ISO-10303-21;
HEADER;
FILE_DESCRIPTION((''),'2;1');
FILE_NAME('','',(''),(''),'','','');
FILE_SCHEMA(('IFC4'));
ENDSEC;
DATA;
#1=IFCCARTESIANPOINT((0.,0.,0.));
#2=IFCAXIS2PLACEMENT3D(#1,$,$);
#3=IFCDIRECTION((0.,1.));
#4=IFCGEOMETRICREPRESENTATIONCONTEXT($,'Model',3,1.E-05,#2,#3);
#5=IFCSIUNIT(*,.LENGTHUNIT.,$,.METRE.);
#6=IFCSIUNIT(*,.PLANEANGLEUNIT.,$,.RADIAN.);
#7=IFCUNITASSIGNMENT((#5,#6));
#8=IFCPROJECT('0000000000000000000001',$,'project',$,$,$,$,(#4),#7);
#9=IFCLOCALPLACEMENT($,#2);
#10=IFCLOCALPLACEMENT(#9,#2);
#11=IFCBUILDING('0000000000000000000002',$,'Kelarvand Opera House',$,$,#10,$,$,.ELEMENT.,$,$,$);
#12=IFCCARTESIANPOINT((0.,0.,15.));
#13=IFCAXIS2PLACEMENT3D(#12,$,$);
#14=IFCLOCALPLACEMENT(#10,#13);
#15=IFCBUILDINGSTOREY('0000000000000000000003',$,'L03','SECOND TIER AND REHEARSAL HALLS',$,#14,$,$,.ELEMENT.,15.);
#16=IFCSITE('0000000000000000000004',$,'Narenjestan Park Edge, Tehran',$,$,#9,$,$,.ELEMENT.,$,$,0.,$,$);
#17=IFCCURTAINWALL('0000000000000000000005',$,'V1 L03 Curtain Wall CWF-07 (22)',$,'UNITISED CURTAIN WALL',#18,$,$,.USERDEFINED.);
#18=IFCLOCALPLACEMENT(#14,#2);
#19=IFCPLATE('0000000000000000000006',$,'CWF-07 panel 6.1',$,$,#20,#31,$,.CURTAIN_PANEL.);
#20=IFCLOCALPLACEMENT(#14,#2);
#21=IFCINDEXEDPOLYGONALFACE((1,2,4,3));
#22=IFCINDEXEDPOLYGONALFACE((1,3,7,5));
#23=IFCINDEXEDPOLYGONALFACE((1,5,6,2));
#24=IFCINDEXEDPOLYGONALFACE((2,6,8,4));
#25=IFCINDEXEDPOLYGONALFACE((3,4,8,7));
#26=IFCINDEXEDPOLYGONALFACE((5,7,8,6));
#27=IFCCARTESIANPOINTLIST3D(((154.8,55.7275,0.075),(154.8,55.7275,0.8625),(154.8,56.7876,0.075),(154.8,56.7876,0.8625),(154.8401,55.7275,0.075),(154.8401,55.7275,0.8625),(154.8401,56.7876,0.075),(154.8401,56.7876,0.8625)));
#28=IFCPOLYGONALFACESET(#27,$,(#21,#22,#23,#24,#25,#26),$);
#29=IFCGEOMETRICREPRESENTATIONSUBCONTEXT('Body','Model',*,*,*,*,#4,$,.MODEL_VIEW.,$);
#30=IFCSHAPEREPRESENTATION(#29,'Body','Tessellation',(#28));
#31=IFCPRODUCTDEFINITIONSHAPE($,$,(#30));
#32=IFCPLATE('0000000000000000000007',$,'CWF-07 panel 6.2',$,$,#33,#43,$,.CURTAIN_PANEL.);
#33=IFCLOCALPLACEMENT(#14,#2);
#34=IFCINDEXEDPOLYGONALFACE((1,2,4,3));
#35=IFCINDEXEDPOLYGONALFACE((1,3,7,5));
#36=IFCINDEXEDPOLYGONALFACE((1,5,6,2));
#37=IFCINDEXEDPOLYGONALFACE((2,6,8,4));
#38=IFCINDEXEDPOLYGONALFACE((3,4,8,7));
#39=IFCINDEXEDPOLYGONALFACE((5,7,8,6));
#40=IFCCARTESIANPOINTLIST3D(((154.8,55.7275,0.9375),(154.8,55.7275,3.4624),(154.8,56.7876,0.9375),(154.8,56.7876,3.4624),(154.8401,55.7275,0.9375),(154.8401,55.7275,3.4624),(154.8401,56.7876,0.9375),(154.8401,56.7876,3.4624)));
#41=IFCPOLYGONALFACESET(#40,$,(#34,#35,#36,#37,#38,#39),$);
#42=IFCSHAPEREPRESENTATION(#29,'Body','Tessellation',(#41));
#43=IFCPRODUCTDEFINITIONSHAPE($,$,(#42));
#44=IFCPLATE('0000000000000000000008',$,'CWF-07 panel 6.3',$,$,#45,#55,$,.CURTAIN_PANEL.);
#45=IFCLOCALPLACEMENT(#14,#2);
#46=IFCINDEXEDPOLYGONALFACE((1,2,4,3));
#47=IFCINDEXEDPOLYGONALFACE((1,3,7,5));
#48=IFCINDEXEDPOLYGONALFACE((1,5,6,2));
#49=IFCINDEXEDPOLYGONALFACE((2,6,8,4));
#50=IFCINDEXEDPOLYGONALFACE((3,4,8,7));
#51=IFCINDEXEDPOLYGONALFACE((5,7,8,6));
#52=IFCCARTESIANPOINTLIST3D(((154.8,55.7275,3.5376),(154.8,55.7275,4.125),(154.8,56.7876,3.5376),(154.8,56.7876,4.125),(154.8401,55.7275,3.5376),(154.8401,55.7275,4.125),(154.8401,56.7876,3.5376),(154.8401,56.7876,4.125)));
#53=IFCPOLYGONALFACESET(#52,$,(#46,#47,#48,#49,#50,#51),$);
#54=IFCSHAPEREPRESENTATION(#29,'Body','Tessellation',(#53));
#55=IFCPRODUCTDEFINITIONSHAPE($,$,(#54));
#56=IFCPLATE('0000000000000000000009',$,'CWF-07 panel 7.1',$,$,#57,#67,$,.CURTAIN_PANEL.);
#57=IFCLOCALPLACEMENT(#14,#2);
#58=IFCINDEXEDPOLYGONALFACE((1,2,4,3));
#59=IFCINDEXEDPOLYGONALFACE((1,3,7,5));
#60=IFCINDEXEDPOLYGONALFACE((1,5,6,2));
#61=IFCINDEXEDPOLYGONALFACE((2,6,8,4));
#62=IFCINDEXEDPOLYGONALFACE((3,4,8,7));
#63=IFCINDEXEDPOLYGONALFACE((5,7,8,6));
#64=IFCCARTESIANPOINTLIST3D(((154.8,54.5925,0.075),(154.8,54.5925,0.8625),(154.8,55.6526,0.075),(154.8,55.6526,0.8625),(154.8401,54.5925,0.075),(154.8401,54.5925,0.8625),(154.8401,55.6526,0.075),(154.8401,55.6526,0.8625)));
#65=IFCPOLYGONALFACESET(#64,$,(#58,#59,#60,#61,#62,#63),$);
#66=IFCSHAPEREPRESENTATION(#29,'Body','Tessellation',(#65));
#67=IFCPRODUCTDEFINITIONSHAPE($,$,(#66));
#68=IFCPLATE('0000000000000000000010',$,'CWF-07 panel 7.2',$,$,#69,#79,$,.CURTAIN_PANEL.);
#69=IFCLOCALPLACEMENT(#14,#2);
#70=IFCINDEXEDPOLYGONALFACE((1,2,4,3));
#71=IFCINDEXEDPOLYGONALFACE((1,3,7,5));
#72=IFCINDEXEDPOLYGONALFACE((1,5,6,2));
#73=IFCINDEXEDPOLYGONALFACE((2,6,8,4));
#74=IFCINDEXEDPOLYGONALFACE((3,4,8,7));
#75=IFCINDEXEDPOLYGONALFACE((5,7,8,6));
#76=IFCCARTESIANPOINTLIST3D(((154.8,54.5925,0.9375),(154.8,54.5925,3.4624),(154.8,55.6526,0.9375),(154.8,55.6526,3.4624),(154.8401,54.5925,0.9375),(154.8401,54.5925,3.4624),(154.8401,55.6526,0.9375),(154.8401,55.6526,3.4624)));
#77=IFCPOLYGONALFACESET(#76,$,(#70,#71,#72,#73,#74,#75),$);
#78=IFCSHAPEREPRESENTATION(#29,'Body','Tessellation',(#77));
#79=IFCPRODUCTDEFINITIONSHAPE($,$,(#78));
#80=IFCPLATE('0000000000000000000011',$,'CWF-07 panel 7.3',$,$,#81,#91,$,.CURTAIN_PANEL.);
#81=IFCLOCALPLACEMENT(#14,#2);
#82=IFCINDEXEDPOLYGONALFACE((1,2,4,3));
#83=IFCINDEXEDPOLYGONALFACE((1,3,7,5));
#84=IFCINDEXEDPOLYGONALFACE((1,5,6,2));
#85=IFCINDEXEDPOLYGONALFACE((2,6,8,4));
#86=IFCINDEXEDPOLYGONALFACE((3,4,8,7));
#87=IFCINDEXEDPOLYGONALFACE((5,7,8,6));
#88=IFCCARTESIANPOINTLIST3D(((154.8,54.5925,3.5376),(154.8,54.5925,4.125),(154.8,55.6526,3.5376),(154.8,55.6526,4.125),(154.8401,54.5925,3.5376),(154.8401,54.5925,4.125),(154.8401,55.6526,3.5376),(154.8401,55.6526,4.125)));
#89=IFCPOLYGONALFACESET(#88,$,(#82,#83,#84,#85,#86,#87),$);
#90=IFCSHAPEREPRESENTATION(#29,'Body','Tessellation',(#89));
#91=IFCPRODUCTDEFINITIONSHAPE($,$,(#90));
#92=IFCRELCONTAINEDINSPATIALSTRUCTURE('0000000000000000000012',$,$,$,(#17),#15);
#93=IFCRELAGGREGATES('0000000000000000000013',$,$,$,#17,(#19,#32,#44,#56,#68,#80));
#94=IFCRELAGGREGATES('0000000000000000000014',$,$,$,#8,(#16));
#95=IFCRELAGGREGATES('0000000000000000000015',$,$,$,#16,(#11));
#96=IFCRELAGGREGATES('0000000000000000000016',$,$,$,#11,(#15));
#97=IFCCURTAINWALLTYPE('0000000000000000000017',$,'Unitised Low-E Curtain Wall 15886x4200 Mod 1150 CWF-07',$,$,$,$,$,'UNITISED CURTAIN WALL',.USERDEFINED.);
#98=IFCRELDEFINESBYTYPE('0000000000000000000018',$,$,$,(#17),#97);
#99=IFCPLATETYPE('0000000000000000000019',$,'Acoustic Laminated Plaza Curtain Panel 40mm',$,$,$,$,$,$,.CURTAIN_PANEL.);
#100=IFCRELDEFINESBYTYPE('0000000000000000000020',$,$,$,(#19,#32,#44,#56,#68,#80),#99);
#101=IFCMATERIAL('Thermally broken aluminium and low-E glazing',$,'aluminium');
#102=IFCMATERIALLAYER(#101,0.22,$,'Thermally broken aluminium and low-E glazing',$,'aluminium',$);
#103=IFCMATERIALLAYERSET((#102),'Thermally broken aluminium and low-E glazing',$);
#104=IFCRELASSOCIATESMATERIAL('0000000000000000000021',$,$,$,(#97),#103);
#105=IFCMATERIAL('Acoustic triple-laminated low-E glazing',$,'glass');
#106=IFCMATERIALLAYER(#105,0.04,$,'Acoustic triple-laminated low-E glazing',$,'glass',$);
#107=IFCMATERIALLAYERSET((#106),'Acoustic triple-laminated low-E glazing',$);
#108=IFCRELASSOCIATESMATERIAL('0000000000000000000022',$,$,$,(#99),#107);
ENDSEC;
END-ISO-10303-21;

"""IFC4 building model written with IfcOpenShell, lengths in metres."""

from ifc_helpers import new_model, si_unit, direction, frame, origin, origin_2d, place, context, subcontext, project, spatial, rectangle, extrude, material, layer, layer_set, type_object, element, aggregate, save


model = new_model("IFC4")

# Units and contexts
model_context = context("Model", 3, precision=1e-05, world=origin(), true_north=direction((0.0, 1.0)))
body_context = subcontext(model_context, "Body", "Model", "MODEL_VIEW")
ifc_project = project(units=[si_unit("LENGTHUNIT", "METRE"), si_unit("PLANEANGLEUNIT", "RADIAN")], contexts=[model_context])

# Site, building, storey
site_placement = place(None, origin())
site = spatial("IfcSite", under=ifc_project, at=site_placement, Name="Narenjestan Park Edge, Tehran", CompositionType="ELEMENT", RefElevation=0.0)
building_placement = place(site_placement, origin())
building = spatial("IfcBuilding", under=site, at=building_placement, Name="Kelarvand Opera House", CompositionType="ELEMENT")
storey_placement = place(building_placement, frame((0.0, 0.0, 15.0)))
storey = spatial("IfcBuildingStorey", under=building, at=storey_placement, Name="L03", Description="SECOND TIER AND REHEARSAL HALLS", CompositionType="ELEMENT", Elevation=15.0)

# Curtain wall
ifc_material_1 = material(Name="Thermally broken aluminium and low-E glazing", Category="aluminium")
ifc_layer_1 = layer(ifc_material_1, 0.22, Name="Thermally broken aluminium and low-E glazing", Category="aluminium")
ifc_layer_set_1 = layer_set([ifc_layer_1], Name="Thermally broken aluminium and low-E glazing")
curtain_wall_type = type_object("IfcCurtainWallType", Name="Unitised Low-E Curtain Wall 15886x4200 Mod 1150 CWF-07", ElementType="UNITISED CURTAIN WALL", PredefinedType="USERDEFINED", material=ifc_layer_set_1)
curtain_wall_placement = place(storey_placement, origin())
curtain_wall = element("IfcCurtainWall", 1, at=curtain_wall_placement, inside=storey, type_object=curtain_wall_type, Name="V1 L03 Curtain Wall CWF-07 (22)", ObjectType="UNITISED CURTAIN WALL", PredefinedType="USERDEFINED")

# Plates
ifc_material_2 = material(Name="Acoustic triple-laminated low-E glazing", Category="glass")
ifc_layer_2 = layer(ifc_material_2, 0.04, Name="Acoustic triple-laminated low-E glazing", Category="glass")
ifc_layer_set_2 = layer_set([ifc_layer_2], Name="Acoustic triple-laminated low-E glazing")
plate_type = type_object("IfcPlateType", Name="Acoustic Laminated Plaza Curtain Panel 40mm", PredefinedType="CURTAIN_PANEL", material=ifc_layer_set_2)
plate_1_placement = place(storey_placement, frame((154.8201, 56.2576, 0.075), z_axis=(0.0, 0.0, 1.0), x_axis=(0.0, -1.0, 0.0)))
plate_1 = element("IfcPlate", 2, at=plate_1_placement, type_object=plate_type, Name="CWF-07 panel 6.1", PredefinedType="CURTAIN_PANEL", context=body_context, shape_type="SweptSolid", body=[
    extrude(rectangle(XDim=1.0601, YDim=0.04, at=origin_2d()), origin(), (0.0, 0.0, 1.0), 0.7876),
])
plate_2_placement = place(storey_placement, frame((154.8201, 56.2576, 0.9375), z_axis=(0.0, 0.0, 1.0), x_axis=(0.0, -1.0, 0.0)))
plate_2 = element("IfcPlate", 3, at=plate_2_placement, type_object=plate_type, Name="CWF-07 panel 6.2", PredefinedType="CURTAIN_PANEL", context=body_context, shape_type="SweptSolid", body=[
    extrude(rectangle(XDim=1.0601, YDim=0.04, at=origin_2d()), origin(), (0.0, 0.0, 1.0), 2.5249),
])
plate_3_placement = place(storey_placement, frame((154.8201, 56.2576, 3.5376), z_axis=(0.0, 0.0, 1.0), x_axis=(0.0, -1.0, 0.0)))
plate_3 = element("IfcPlate", 4, at=plate_3_placement, type_object=plate_type, Name="CWF-07 panel 6.3", PredefinedType="CURTAIN_PANEL", context=body_context, shape_type="SweptSolid", body=[
    extrude(rectangle(XDim=1.0601, YDim=0.04, at=origin_2d()), origin(), (0.0, 0.0, 1.0), 0.5874),
])
plate_4_placement = place(storey_placement, frame((154.8201, 55.1226, 0.075), z_axis=(0.0, 0.0, 1.0), x_axis=(0.0, -1.0, 0.0)))
plate_4 = element("IfcPlate", 5, at=plate_4_placement, type_object=plate_type, Name="CWF-07 panel 7.1", PredefinedType="CURTAIN_PANEL", context=body_context, shape_type="SweptSolid", body=[
    extrude(rectangle(XDim=1.0601, YDim=0.04, at=origin_2d()), origin(), (0.0, 0.0, 1.0), 0.7876),
])
plate_5_placement = place(storey_placement, frame((154.8201, 55.1226, 0.9375), z_axis=(0.0, 0.0, 1.0), x_axis=(0.0, -1.0, 0.0)))
plate_5 = element("IfcPlate", 6, at=plate_5_placement, type_object=plate_type, Name="CWF-07 panel 7.2", PredefinedType="CURTAIN_PANEL", context=body_context, shape_type="SweptSolid", body=[
    extrude(rectangle(XDim=1.0601, YDim=0.04, at=origin_2d()), origin(), (0.0, 0.0, 1.0), 2.5249),
])
plate_6_placement = place(storey_placement, frame((154.8201, 55.1226, 3.5376), z_axis=(0.0, 0.0, 1.0), x_axis=(0.0, -1.0, 0.0)))
plate_6 = element("IfcPlate", 7, at=plate_6_placement, type_object=plate_type, Name="CWF-07 panel 7.3", PredefinedType="CURTAIN_PANEL", context=body_context, shape_type="SweptSolid", body=[
    extrude(rectangle(XDim=1.0601, YDim=0.04, at=origin_2d()), origin(), (0.0, 0.0, 1.0), 0.5874),
])
aggregate(curtain_wall, [plate_1, plate_2, plate_3, plate_4, plate_5, plate_6])

save(model, "model.ifc")
